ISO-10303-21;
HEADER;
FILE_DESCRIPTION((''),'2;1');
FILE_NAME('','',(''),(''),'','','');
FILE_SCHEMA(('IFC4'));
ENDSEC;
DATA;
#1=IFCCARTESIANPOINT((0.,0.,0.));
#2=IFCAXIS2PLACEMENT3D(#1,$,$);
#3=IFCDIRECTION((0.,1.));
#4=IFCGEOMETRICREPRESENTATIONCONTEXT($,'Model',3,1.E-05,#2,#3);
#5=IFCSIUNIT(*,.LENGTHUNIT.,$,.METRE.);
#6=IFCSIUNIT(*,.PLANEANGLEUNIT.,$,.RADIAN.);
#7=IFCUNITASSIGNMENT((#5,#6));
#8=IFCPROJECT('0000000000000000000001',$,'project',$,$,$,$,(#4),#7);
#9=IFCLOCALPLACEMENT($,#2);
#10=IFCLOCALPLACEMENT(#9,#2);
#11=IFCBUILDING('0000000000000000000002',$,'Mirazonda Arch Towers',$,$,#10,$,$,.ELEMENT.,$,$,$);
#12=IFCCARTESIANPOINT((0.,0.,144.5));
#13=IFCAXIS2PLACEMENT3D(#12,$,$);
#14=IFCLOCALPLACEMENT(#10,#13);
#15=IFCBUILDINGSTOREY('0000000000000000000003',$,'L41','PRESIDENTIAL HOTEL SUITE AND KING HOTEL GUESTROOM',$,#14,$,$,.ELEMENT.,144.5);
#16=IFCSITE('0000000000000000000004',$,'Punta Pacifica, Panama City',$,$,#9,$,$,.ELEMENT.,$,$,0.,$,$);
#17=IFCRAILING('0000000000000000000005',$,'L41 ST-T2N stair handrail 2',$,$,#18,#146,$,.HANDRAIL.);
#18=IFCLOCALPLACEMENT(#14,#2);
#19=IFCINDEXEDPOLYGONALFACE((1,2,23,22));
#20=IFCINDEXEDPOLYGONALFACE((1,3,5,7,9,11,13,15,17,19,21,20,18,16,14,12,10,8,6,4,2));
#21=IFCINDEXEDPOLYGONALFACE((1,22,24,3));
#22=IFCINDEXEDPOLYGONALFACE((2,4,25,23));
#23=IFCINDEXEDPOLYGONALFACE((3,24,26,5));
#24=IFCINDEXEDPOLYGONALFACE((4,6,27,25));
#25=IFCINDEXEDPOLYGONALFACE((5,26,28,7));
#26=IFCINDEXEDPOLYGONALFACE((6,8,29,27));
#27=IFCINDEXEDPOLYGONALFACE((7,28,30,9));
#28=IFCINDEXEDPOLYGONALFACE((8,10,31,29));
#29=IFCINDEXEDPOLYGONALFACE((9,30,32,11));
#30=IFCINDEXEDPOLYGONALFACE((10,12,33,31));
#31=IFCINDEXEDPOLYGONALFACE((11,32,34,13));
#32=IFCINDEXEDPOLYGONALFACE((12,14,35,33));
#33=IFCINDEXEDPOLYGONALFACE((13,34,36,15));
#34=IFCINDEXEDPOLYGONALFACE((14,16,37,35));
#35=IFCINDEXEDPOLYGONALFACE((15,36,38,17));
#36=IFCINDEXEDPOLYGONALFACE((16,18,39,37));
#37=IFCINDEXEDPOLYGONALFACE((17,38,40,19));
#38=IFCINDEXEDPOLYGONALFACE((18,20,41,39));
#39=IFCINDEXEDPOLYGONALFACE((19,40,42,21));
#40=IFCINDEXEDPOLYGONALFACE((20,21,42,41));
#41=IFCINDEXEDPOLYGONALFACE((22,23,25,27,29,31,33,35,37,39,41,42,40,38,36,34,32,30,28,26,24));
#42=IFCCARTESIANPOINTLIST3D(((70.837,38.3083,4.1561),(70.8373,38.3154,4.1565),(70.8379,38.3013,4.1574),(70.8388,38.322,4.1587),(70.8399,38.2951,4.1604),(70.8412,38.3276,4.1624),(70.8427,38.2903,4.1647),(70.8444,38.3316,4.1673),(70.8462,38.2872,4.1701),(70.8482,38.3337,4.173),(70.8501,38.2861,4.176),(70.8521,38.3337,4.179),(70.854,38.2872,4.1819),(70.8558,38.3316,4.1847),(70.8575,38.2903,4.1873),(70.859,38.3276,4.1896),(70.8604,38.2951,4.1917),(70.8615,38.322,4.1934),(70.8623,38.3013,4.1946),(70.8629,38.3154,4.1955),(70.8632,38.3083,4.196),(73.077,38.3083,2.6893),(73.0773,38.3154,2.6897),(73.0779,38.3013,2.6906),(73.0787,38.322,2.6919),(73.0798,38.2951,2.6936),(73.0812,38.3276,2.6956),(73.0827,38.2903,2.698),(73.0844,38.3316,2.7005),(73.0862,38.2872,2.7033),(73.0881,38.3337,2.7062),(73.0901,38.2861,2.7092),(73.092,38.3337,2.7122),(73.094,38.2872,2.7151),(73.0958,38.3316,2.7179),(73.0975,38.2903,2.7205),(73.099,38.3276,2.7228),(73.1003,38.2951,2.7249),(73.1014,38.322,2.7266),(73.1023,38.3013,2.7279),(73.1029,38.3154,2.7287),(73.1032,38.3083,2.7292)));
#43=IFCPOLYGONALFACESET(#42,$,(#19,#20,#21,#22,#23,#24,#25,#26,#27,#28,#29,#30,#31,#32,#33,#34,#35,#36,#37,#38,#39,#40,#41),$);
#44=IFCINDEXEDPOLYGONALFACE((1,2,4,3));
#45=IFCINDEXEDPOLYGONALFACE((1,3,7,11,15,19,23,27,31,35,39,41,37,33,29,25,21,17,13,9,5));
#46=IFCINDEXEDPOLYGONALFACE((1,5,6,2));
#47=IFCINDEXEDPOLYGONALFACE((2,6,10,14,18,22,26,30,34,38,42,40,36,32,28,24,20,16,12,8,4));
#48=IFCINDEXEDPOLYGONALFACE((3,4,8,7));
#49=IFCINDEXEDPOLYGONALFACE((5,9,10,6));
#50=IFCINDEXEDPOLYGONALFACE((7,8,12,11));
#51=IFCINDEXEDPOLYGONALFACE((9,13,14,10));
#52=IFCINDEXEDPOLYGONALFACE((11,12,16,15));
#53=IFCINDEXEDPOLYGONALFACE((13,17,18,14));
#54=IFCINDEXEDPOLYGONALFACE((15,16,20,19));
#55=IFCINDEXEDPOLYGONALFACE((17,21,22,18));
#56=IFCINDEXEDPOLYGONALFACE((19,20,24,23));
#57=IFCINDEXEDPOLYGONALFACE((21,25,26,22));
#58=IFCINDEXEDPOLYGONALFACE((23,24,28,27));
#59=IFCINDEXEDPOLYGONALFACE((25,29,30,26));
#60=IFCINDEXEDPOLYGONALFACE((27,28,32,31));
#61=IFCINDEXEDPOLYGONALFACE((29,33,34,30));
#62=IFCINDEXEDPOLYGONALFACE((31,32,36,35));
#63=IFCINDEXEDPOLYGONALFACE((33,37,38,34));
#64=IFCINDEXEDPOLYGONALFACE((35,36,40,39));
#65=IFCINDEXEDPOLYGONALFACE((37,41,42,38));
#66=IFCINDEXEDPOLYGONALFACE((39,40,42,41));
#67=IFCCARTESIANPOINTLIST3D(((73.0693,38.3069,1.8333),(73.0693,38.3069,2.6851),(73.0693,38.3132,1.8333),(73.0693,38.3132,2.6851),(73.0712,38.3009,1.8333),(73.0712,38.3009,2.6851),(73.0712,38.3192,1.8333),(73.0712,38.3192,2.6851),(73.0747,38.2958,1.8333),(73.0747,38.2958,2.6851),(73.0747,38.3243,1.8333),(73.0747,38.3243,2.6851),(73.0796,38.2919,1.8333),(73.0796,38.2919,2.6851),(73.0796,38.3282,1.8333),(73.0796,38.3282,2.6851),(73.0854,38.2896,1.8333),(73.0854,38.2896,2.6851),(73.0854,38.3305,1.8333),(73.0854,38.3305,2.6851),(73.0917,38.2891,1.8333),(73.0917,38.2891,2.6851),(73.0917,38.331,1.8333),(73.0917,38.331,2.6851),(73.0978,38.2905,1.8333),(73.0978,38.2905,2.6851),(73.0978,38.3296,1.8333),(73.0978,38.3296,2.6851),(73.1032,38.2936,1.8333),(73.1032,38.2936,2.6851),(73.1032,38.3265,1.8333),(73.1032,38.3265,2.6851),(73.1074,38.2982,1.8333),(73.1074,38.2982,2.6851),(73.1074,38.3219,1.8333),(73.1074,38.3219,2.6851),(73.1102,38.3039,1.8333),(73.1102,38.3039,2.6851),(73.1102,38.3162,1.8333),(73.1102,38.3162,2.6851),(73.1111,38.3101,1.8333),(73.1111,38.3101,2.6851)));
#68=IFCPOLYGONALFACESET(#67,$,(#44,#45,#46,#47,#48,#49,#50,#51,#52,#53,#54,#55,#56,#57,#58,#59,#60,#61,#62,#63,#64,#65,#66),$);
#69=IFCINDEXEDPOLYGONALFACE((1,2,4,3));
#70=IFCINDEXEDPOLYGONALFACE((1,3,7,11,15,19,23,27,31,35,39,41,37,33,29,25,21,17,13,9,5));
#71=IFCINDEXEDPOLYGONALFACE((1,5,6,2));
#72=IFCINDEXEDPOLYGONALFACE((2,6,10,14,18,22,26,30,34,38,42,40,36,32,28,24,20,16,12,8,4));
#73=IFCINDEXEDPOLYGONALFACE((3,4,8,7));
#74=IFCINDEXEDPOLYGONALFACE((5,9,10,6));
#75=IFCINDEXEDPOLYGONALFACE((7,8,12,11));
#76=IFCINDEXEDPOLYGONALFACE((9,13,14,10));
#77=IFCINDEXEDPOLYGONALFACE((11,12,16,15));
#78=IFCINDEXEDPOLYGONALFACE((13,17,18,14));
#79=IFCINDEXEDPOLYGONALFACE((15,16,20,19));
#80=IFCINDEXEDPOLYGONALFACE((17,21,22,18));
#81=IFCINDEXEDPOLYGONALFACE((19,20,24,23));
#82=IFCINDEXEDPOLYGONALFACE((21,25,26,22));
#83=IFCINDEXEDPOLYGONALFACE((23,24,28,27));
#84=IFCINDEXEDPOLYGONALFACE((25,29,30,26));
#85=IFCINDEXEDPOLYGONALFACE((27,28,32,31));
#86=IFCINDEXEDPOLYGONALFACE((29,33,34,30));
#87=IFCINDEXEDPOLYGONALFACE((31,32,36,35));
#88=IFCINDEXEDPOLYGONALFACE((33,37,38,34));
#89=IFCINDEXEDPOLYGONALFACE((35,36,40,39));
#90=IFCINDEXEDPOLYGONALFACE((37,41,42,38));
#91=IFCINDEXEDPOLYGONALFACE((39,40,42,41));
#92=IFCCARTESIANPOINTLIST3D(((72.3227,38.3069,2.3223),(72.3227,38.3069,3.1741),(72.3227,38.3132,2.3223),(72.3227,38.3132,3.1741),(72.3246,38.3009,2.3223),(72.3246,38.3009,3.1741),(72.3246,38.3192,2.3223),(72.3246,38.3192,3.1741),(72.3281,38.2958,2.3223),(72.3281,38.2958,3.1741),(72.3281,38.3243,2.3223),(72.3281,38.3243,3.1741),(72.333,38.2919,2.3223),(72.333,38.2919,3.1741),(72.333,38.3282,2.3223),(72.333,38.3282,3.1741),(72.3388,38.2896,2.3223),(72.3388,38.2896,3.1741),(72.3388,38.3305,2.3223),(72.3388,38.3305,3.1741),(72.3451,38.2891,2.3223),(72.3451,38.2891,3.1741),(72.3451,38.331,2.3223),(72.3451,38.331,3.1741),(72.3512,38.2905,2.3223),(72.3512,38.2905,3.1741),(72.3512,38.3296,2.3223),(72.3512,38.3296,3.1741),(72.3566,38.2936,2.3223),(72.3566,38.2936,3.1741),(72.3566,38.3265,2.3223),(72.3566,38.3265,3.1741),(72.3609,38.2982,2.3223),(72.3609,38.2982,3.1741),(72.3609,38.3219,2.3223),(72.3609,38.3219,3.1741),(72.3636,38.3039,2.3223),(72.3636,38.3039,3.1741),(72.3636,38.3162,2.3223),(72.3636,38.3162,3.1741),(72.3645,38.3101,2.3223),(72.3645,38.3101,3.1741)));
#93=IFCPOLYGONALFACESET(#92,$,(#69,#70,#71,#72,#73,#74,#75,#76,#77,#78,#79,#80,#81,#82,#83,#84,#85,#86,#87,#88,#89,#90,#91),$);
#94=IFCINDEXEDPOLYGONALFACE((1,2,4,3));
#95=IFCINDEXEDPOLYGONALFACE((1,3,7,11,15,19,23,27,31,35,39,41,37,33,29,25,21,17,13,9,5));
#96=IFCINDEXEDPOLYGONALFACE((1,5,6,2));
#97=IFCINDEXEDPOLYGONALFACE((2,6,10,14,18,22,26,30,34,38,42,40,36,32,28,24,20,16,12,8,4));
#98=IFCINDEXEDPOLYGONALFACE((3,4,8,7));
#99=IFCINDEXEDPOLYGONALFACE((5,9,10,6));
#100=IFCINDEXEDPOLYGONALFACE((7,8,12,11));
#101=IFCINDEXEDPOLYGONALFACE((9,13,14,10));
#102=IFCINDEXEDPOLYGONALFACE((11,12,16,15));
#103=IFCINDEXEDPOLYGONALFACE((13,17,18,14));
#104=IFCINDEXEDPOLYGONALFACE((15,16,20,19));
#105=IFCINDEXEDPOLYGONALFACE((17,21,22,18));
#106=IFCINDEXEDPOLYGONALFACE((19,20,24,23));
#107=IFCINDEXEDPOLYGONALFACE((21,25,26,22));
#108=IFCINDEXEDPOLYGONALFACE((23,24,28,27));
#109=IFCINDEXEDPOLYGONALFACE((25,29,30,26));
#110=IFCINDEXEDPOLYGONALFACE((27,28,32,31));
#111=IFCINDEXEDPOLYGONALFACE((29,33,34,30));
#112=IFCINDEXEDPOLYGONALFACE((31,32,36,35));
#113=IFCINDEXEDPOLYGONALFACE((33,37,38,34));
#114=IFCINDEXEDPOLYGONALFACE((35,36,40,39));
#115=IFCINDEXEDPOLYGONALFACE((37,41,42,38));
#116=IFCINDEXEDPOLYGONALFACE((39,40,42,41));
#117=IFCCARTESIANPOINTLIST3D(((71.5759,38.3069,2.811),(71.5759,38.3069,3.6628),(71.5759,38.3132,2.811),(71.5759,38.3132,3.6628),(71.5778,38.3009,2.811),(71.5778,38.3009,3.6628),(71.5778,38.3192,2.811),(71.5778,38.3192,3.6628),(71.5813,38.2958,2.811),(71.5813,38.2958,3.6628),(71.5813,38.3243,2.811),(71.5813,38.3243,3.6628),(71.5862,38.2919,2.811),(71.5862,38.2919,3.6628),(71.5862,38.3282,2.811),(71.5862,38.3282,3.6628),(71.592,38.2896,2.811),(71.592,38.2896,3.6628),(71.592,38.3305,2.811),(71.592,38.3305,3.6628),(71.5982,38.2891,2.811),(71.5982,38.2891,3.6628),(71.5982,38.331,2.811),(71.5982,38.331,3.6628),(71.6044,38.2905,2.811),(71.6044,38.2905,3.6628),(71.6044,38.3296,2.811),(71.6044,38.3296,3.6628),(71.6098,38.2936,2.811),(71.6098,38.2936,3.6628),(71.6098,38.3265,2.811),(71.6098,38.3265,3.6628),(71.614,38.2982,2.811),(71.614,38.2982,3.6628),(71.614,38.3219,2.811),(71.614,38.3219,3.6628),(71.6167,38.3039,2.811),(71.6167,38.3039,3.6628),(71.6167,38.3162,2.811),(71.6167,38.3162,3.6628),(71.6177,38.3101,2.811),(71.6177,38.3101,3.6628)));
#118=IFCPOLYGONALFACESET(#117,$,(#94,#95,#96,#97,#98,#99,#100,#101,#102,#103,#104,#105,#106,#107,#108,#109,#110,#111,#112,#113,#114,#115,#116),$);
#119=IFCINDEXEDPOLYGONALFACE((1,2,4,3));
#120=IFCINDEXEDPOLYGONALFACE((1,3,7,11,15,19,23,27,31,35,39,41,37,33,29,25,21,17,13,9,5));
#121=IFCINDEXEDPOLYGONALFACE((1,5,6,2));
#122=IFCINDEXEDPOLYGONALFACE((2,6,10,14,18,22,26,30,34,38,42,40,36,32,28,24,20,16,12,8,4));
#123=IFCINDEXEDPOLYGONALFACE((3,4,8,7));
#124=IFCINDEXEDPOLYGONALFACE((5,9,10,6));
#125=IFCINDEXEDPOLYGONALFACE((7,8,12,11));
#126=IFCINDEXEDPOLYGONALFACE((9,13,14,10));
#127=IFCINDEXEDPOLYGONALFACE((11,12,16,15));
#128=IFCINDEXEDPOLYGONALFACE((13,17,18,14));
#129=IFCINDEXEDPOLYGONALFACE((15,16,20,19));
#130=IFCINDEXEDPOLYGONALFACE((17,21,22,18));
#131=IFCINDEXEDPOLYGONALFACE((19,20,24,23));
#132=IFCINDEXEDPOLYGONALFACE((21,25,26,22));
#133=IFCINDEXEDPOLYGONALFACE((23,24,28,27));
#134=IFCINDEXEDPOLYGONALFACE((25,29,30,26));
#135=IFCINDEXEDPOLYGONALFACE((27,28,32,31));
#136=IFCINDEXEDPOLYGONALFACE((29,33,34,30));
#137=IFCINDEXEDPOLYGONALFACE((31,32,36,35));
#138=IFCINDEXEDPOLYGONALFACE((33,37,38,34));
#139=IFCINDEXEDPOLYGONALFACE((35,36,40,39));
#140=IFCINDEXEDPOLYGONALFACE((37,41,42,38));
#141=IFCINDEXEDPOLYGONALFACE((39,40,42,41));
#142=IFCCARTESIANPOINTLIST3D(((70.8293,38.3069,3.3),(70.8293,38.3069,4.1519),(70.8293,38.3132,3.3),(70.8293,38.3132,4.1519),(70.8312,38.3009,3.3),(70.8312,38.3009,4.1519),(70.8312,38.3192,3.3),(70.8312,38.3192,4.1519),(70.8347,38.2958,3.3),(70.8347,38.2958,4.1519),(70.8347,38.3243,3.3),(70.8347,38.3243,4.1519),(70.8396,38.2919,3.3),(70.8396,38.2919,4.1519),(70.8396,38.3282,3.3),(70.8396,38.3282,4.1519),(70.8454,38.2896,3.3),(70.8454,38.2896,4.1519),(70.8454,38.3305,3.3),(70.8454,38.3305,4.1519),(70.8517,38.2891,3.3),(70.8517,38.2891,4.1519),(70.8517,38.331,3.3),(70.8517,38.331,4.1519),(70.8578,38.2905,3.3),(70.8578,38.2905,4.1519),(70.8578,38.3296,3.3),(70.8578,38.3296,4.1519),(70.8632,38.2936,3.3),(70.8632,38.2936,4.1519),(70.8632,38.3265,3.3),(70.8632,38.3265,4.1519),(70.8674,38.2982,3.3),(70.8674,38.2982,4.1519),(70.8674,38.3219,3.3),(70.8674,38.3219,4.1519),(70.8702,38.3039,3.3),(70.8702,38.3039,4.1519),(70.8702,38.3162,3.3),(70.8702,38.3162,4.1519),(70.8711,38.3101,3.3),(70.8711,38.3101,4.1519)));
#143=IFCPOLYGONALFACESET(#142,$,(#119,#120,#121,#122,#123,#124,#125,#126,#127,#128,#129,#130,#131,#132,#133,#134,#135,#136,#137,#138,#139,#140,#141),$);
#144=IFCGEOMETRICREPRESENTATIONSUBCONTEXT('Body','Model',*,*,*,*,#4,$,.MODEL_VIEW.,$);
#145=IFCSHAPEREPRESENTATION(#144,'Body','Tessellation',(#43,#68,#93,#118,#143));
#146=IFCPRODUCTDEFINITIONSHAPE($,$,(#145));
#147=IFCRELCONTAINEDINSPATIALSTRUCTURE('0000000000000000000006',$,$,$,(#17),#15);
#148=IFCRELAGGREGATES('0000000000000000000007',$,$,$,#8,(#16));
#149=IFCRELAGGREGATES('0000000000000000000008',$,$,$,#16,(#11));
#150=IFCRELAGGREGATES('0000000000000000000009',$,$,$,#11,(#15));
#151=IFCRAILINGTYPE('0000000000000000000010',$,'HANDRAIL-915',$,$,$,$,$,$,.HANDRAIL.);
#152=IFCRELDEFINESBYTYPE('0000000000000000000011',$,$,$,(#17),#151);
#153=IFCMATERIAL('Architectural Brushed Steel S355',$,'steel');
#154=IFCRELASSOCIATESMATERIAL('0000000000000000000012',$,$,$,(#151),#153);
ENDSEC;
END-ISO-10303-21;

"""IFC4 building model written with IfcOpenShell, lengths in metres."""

from ifc_helpers import new_model, si_unit, direction, frame, origin, origin_2d, place, context, subcontext, project, spatial, circle, extrude, material, type_object, element, save


model = new_model("IFC4")

# Units and contexts
model_context = context("Model", 3, precision=1e-05, world=origin(), true_north=direction((0.0, 1.0)))
body_context = subcontext(model_context, "Body", "Model", "MODEL_VIEW")
ifc_project = project(units=[si_unit("LENGTHUNIT", "METRE"), si_unit("PLANEANGLEUNIT", "RADIAN")], contexts=[model_context])

# Site, building, storey
site_placement = place(None, origin())
site = spatial("IfcSite", under=ifc_project, at=site_placement, Name="Punta Pacifica, Panama City", CompositionType="ELEMENT", RefElevation=0.0)
building_placement = place(site_placement, origin())
building = spatial("IfcBuilding", under=site, at=building_placement, Name="Mirazonda Arch Towers", CompositionType="ELEMENT")
storey_placement = place(building_placement, frame((0.0, 0.0, 144.5)))
storey = spatial("IfcBuildingStorey", under=building, at=storey_placement, Name="L41", Description="PRESIDENTIAL HOTEL SUITE AND KING HOTEL GUESTROOM", CompositionType="ELEMENT", Elevation=144.5)

# Railing
ifc_material_1 = material(Name="Architectural Brushed Steel S355", Category="steel")
railing_type_1 = type_object("IfcRailingType", Name="HANDRAIL-915", PredefinedType="HANDRAIL", material=ifc_material_1)
railing_1_placement = place(storey_placement, frame((73.0901, 38.3101, 1.8333)))
element("IfcRailing", 1, at=railing_1_placement, inside=storey, type_object=railing_type_1, Name="L41 ST-T2N stair handrail 2", PredefinedType="HANDRAIL", context=body_context, shape_type="SweptSolid", body=[
    extrude(circle(Radius=0.0239, at=origin_2d()), frame((0.0, 0.0, 0.876), z_axis=(-0.836595, 0.0, 0.547822), x_axis=(0.0, -1.0, 0.0)), (0.0, 0.0, 1.0), 2.6775),
    extrude(circle(Radius=0.021, at=origin_2d()), origin(), (0.0, 0.0, 1.0), 0.8518),
    extrude(circle(Radius=0.021, at=origin_2d()), frame((-0.7466, 0.0, 0.489)), (0.0, 0.0, 1.0), 0.8518),
    extrude(circle(Radius=0.021, at=origin_2d()), frame((-1.4934, 0.0, 0.9778)), (0.0, 0.0, 1.0), 0.8518),
    extrude(circle(Radius=0.021, at=origin_2d()), frame((-2.24, 0.0, 1.4668)), (0.0, 0.0, 1.0), 0.8518),
])

save(model, "model.ifc")
